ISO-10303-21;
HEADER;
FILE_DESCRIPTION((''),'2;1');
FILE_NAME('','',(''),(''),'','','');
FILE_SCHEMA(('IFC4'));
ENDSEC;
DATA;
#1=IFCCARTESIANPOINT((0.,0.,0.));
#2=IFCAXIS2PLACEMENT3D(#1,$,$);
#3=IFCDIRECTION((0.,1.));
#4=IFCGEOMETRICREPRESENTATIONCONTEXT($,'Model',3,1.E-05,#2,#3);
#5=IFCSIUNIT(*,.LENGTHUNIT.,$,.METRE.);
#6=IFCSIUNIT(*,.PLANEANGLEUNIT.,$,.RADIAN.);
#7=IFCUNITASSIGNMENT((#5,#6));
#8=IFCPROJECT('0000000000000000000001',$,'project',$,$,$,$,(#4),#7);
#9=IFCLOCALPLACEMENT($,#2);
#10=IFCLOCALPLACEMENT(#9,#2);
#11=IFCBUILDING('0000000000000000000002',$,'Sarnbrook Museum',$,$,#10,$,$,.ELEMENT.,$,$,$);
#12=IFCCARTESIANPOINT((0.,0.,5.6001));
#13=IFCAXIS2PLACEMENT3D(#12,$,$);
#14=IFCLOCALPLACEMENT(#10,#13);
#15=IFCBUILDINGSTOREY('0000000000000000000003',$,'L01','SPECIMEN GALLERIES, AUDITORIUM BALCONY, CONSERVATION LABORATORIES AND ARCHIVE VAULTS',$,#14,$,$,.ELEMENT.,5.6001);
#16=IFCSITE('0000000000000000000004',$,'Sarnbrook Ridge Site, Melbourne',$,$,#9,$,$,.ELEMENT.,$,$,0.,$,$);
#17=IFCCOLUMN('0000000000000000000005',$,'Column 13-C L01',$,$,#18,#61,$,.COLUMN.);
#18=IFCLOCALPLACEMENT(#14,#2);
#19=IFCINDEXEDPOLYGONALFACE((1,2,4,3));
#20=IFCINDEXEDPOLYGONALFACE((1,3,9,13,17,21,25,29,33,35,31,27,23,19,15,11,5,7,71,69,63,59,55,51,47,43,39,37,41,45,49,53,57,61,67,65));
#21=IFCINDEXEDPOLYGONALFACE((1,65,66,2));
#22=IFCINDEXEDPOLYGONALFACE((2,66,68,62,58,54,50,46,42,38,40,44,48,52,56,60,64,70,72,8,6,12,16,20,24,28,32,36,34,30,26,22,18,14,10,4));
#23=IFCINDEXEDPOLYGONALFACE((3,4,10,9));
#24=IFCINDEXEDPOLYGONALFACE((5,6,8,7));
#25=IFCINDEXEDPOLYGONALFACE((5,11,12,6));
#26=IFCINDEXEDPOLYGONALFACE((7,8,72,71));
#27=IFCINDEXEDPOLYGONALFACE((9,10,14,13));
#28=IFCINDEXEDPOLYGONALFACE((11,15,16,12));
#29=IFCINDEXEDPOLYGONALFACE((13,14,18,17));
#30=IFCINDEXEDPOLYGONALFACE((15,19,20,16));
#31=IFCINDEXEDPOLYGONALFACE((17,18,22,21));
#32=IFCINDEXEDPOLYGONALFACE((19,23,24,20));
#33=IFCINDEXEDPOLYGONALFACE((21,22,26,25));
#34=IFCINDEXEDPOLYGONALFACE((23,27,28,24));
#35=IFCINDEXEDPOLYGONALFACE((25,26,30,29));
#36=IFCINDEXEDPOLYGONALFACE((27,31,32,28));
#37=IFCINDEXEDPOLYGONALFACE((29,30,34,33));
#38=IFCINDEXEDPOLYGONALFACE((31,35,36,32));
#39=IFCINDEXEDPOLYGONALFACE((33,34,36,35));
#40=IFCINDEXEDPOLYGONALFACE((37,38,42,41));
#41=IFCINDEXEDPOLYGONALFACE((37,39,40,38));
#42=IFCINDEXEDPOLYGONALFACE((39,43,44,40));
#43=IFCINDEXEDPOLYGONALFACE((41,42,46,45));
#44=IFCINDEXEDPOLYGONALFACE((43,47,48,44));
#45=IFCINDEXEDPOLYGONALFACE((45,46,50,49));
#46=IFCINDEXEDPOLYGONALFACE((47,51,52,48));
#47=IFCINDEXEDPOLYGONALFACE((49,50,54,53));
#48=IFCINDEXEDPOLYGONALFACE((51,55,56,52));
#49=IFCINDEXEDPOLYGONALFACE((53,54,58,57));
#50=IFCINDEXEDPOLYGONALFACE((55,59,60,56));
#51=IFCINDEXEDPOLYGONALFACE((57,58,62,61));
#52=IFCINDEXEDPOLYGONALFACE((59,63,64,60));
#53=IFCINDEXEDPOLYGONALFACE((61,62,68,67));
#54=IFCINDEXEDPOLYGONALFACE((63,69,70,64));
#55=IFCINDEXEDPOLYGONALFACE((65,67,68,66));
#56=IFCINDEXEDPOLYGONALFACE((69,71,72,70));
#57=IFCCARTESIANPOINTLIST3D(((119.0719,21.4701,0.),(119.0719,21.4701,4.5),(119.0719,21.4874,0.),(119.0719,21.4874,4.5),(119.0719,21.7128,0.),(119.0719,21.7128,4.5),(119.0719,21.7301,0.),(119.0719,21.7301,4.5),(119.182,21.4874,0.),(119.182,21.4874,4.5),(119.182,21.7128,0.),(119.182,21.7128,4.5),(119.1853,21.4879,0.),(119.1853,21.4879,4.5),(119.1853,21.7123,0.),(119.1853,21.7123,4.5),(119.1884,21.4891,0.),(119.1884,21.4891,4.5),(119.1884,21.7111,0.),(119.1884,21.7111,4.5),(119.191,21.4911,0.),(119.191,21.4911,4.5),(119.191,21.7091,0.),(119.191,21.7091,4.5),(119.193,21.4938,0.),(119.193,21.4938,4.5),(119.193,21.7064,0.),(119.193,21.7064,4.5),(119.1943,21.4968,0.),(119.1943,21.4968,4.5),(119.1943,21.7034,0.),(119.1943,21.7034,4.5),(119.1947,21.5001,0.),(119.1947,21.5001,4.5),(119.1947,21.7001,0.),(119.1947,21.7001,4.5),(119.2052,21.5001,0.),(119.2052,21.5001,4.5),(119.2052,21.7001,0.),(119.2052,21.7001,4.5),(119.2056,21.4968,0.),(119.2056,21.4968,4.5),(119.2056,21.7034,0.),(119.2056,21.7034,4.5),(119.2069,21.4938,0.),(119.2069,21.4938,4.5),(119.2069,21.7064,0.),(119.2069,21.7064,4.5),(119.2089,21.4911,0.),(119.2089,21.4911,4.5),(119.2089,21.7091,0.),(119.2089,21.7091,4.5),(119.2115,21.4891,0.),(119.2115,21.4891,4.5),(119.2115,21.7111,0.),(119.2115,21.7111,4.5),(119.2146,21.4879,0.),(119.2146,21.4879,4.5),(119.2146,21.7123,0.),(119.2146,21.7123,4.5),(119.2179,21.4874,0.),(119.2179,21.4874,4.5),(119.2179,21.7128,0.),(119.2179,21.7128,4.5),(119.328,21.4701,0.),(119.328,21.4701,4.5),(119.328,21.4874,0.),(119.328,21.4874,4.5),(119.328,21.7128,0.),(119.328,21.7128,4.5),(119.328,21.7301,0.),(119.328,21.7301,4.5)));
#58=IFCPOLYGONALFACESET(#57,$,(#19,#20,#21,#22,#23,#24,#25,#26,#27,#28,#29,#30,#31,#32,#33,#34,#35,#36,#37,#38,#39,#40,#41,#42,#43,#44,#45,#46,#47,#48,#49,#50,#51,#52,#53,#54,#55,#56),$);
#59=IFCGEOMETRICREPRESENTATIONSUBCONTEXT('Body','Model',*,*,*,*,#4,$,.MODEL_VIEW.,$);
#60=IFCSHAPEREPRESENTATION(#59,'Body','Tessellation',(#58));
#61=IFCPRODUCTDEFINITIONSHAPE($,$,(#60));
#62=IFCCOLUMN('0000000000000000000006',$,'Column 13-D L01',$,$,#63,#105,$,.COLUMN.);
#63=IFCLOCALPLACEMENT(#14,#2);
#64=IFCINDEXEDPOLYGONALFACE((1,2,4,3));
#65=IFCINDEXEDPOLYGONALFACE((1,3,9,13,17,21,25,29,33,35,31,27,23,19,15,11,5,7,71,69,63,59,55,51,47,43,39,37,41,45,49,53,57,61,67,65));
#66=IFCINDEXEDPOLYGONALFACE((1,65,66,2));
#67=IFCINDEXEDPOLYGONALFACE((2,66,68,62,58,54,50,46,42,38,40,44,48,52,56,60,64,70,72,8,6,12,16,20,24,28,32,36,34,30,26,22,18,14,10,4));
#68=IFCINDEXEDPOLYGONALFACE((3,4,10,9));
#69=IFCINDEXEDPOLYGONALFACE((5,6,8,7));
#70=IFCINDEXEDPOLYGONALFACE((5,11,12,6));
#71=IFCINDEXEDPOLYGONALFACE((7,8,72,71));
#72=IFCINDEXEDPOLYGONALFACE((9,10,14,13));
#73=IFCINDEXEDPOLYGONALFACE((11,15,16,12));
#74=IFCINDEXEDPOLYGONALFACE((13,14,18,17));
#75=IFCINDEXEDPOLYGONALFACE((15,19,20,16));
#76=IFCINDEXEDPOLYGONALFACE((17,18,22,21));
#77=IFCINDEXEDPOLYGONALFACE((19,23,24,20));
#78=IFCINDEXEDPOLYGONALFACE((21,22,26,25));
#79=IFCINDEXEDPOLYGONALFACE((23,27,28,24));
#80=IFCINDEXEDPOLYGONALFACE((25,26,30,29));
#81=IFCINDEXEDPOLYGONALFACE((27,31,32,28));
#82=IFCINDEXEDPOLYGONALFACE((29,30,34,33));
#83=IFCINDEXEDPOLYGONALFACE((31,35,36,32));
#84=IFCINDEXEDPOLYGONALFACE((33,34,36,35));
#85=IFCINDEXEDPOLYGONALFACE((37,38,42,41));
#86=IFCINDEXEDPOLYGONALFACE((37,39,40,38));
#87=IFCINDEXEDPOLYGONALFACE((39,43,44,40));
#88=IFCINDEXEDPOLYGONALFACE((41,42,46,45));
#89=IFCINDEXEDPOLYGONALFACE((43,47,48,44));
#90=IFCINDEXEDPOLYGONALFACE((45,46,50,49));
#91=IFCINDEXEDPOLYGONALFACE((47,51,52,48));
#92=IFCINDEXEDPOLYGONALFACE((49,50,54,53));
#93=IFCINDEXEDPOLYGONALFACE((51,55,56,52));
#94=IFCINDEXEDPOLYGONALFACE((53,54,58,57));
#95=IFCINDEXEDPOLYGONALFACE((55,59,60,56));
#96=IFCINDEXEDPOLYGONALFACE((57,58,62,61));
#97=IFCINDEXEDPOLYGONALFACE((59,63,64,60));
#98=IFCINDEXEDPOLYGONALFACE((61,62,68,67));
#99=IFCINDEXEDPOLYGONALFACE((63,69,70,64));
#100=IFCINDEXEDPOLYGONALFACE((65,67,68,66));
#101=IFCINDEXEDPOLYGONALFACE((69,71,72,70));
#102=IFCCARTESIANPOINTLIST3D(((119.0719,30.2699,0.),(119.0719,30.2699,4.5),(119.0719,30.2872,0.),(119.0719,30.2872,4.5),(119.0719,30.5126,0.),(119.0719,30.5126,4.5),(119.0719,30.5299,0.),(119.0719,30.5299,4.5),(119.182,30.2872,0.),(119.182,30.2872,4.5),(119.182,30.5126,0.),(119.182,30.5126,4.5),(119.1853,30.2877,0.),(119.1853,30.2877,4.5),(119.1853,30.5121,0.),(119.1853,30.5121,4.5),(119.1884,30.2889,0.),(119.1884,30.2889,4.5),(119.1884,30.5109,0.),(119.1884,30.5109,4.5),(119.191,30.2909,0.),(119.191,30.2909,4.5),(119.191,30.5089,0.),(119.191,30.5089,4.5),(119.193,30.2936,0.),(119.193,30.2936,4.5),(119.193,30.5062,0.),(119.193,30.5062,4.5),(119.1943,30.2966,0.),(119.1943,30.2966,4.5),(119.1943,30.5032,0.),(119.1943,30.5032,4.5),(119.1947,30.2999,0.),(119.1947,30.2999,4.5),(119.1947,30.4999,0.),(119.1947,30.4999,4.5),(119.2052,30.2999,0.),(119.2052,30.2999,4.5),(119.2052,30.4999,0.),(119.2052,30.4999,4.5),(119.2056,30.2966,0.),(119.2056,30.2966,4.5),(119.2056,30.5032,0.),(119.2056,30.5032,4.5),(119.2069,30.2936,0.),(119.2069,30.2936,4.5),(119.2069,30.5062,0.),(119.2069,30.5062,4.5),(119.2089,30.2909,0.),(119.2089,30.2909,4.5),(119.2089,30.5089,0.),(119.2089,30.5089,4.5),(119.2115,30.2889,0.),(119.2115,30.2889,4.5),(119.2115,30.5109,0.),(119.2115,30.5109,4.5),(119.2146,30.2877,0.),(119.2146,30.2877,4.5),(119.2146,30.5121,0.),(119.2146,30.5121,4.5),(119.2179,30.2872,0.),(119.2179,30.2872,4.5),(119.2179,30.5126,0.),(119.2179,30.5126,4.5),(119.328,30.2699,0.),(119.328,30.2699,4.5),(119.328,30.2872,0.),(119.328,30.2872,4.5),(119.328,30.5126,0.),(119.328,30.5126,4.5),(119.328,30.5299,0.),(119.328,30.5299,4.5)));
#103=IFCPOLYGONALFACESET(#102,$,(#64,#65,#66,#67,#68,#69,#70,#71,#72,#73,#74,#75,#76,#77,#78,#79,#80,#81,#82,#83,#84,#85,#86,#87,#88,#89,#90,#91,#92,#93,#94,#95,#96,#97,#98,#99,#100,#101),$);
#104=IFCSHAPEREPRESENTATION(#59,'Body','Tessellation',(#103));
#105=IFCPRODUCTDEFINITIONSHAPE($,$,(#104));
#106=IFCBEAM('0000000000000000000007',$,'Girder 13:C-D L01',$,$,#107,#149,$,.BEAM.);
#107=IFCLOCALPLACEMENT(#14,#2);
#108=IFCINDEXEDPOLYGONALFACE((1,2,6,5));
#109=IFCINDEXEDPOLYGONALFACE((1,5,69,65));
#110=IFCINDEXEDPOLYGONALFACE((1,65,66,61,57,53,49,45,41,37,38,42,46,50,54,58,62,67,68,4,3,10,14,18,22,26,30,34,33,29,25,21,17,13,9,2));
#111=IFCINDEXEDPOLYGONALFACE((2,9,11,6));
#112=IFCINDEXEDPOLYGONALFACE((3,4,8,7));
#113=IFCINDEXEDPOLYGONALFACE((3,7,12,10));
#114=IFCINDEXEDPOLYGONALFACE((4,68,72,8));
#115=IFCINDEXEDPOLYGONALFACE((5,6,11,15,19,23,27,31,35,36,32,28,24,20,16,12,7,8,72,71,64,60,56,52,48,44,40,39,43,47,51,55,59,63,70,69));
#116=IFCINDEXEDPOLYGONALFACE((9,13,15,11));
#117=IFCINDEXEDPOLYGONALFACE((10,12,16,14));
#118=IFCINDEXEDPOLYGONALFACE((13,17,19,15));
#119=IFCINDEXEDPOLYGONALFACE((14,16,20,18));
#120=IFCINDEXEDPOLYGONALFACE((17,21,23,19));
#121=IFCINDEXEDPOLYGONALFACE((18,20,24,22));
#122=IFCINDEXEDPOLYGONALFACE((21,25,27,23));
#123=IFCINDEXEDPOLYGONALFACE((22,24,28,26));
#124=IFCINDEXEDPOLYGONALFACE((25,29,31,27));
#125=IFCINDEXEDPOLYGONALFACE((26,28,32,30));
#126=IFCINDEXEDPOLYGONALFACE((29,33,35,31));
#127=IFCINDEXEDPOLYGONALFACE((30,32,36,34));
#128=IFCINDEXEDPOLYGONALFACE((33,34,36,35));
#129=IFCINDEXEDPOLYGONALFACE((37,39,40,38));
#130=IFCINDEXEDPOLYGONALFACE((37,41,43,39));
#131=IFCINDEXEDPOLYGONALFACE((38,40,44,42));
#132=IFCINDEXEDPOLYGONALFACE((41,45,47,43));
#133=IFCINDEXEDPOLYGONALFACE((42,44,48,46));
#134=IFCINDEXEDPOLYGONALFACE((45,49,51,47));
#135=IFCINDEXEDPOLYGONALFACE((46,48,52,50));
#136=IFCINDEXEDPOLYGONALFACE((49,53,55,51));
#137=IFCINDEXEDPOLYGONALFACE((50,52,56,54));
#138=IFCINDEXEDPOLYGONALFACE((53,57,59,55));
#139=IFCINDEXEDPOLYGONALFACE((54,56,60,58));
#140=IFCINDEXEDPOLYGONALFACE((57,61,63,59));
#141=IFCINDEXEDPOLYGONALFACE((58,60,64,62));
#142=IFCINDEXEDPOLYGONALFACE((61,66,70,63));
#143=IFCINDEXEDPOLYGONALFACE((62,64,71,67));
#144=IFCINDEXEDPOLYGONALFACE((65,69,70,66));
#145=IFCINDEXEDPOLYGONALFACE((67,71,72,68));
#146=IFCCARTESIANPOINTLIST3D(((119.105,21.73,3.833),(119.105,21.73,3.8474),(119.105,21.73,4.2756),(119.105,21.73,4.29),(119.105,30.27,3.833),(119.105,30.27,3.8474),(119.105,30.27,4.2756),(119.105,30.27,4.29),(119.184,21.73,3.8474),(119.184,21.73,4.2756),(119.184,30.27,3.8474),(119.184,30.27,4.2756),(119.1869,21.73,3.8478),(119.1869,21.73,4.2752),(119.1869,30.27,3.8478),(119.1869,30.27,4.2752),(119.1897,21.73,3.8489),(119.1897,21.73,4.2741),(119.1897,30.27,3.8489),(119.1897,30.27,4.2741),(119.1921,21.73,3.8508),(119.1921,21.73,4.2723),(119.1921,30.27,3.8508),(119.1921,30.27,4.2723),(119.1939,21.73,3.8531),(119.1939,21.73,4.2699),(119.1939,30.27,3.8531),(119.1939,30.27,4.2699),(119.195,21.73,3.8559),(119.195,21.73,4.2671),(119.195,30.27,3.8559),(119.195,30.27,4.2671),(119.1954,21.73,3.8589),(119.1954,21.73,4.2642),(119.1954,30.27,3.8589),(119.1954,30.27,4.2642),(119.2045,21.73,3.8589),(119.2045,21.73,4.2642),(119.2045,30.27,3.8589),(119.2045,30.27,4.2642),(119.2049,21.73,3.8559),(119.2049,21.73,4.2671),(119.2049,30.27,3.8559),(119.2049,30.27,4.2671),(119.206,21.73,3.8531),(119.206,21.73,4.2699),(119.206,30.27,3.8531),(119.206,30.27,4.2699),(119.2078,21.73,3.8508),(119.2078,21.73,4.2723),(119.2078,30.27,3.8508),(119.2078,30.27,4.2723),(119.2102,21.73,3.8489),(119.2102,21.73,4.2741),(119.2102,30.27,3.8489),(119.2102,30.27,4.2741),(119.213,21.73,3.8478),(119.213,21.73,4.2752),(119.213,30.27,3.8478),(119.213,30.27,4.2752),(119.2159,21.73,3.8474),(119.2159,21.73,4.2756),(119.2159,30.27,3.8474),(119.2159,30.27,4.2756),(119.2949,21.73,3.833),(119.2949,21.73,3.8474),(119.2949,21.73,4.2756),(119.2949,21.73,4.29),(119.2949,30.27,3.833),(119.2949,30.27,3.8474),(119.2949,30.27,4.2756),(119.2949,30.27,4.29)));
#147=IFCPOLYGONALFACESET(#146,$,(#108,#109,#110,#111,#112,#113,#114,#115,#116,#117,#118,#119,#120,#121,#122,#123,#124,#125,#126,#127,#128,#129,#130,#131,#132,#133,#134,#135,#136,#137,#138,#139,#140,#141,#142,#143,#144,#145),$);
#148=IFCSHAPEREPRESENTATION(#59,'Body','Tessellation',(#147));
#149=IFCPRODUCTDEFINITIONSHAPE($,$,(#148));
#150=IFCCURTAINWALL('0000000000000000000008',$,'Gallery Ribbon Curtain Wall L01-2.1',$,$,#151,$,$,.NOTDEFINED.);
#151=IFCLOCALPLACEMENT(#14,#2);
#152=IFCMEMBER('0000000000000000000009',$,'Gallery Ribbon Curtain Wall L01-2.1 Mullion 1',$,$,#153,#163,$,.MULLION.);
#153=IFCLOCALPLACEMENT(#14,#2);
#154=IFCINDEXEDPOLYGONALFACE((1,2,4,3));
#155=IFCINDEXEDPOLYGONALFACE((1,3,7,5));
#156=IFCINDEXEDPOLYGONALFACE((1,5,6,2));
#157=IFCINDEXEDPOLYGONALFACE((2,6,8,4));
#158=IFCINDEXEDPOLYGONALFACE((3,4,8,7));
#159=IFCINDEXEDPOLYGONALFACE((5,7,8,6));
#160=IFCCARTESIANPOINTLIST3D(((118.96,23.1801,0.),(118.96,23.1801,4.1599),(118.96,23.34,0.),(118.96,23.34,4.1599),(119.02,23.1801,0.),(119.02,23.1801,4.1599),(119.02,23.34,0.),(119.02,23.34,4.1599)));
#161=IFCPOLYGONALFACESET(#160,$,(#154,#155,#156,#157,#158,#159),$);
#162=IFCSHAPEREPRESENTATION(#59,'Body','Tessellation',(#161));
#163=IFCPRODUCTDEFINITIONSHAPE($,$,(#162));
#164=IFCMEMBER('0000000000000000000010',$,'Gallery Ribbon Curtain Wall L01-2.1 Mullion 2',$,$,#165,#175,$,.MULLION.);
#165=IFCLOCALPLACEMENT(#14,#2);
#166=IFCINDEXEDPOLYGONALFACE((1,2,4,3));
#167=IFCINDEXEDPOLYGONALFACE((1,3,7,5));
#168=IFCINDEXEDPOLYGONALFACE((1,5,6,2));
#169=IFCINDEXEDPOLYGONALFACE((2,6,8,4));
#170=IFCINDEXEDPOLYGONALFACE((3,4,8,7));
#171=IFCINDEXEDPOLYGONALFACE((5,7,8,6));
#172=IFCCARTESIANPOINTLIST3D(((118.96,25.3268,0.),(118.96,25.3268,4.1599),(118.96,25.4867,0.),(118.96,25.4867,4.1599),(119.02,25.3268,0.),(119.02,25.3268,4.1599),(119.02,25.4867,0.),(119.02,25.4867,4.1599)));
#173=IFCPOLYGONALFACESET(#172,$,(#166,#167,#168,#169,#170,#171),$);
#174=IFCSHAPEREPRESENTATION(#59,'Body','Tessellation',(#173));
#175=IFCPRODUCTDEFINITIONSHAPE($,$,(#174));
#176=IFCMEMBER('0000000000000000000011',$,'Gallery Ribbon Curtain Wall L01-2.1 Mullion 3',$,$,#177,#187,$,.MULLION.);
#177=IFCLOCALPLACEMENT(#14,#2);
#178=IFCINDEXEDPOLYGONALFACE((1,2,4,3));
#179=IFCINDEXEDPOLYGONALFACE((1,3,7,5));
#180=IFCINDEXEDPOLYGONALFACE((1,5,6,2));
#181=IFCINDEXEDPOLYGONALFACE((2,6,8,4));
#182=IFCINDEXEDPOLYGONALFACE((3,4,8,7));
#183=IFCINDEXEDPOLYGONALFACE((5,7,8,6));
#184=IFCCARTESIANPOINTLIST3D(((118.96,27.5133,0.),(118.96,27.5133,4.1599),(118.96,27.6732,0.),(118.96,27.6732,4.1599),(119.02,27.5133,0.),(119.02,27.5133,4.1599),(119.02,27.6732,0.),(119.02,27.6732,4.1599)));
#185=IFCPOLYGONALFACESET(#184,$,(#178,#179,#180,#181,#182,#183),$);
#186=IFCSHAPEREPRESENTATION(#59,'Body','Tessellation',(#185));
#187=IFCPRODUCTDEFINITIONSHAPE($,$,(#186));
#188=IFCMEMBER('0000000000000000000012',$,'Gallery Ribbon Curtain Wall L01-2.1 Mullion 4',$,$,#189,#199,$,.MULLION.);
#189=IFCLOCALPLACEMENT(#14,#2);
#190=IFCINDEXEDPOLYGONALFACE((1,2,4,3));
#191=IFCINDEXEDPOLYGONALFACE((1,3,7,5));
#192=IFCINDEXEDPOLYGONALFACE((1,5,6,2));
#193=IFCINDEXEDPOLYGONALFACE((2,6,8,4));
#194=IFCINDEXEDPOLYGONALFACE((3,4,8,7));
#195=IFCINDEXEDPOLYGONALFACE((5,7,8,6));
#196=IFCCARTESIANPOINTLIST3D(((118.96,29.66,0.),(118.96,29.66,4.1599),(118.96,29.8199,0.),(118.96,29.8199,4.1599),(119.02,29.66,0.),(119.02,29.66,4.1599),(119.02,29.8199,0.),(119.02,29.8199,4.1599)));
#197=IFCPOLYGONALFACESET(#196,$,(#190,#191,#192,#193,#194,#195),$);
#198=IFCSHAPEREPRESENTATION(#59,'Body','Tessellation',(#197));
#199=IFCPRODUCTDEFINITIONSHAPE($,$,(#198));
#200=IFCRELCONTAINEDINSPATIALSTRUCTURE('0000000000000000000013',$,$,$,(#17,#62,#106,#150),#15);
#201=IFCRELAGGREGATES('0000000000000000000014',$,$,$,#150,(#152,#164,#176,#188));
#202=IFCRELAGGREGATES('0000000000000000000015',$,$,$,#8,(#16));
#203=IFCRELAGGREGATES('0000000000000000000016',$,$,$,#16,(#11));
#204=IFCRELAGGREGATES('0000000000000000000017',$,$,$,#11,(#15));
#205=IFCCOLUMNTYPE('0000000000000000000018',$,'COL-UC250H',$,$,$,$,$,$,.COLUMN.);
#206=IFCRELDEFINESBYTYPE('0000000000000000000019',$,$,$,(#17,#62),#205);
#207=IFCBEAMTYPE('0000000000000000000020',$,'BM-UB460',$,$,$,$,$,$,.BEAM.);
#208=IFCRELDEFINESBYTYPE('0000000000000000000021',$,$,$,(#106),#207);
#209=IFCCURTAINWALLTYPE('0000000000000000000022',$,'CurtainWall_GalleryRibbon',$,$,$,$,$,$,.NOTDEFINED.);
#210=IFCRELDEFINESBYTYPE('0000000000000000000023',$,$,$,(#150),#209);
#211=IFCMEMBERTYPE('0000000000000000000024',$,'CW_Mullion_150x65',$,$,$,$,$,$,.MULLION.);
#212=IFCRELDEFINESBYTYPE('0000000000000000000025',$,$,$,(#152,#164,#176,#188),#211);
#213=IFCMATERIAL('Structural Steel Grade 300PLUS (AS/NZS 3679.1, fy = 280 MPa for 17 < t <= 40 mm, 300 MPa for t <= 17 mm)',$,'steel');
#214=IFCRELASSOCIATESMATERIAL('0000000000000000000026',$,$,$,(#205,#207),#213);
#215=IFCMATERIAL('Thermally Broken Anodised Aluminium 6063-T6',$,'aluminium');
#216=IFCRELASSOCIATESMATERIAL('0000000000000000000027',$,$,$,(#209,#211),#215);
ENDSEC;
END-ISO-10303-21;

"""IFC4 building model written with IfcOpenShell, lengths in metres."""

from ifc_helpers import new_model, si_unit, direction, frame, origin, origin_2d, place, context, subcontext, project, spatial, rectangle, i_section, extrude, material, material_profile, profile_set, type_object, element, aggregate, save


model = new_model("IFC4")

# Units and contexts
model_context = context("Model", 3, precision=1e-05, world=origin(), true_north=direction((0.0, 1.0)))
body_context = subcontext(model_context, "Body", "Model", "MODEL_VIEW")
ifc_project = project(units=[si_unit("LENGTHUNIT", "METRE"), si_unit("PLANEANGLEUNIT", "RADIAN")], contexts=[model_context])

# Site, building, storey
site_placement = place(None, origin())
site = spatial("IfcSite", under=ifc_project, at=site_placement, Name="Sarnbrook Ridge Site, Melbourne", CompositionType="ELEMENT", RefElevation=0.0)
building_placement = place(site_placement, origin())
building = spatial("IfcBuilding", under=site, at=building_placement, Name="Sarnbrook Museum", CompositionType="ELEMENT")
storey_placement = place(building_placement, frame((0.0, 0.0, 5.6001)))
storey = spatial("IfcBuildingStorey", under=building, at=storey_placement, Name="L01", Description="SPECIMEN GALLERIES, AUDITORIUM BALCONY, CONSERVATION LABORATORIES AND ARCHIVE VAULTS", CompositionType="ELEMENT", Elevation=5.6001)

# Columns
ifc_material_1 = material(Name="Structural Steel Grade 300PLUS (AS/NZS 3679.1, fy = 280 MPa for 17 < t <= 40 mm, 300 MPa for t <= 17 mm)", Category="steel")
ifc_material_profile_1 = material_profile(ifc_material_1, i_section(OverallWidth=0.2561, OverallDepth=0.26, WebThickness=0.0105, FlangeThickness=0.0173, FilletRadius=0.0127, at=origin_2d()), Name="250UC89.5")
ifc_profile_set_1 = profile_set([ifc_material_profile_1], Name="Structural Steel Grade 300PLUS (AS/NZS 3679.1, fy = 280 MPa for 17 < t <= 40 mm, 300 MPa for t <= 17 mm)")
column_type = type_object("IfcColumnType", Name="COL-UC250H", PredefinedType="COLUMN", material=ifc_profile_set_1)
for number, where, z_axis, x_axis, name in (
    (1, (119.2, 21.6001, 0.0), (0.0, 0.0, 1.0), (1.0, 0.0, 0.0), "Column 13-C L01"),
    (2, (119.2, 30.3999, 0.0), (0.0, 0.0, 1.0), (1.0, 0.0, 0.0), "Column 13-D L01"),
):
    element("IfcColumn", number, at=place(storey_placement, frame(where, z_axis=z_axis, x_axis=x_axis)), inside=storey, type_object=column_type, Name=name, PredefinedType="COLUMN", context=body_context, shape_type="SweptSolid", body=[
        extrude(i_section(OverallWidth=0.2561, OverallDepth=0.26, WebThickness=0.0105, FlangeThickness=0.0173, FilletRadius=0.0127, at=origin_2d()), origin(), (0.0, 0.0, 1.0), 4.5),
    ])

# Beam
ifc_material_profile_2 = material_profile(ifc_material_1, i_section(OverallWidth=0.1899, OverallDepth=0.457, WebThickness=0.009, FlangeThickness=0.0144, FilletRadius=0.0115, at=origin_2d()), Name="460UB74.6")
ifc_profile_set_2 = profile_set([ifc_material_profile_2], Name="Structural Steel Grade 300PLUS (AS/NZS 3679.1, fy = 280 MPa for 17 < t <= 40 mm, 300 MPa for t <= 17 mm)")
beam_type_1 = type_object("IfcBeamType", Name="BM-UB460", PredefinedType="BEAM", material=ifc_profile_set_2)
beam_placement = place(storey_placement, frame((119.2, 21.73, 4.0615), z_axis=(0.0, 1.0, 0.0), x_axis=(-1.0, 0.0, 0.0)))
element("IfcBeam", 3, at=beam_placement, inside=storey, type_object=beam_type_1, Name="Girder 13:C-D L01", PredefinedType="BEAM", context=body_context, shape_type="SweptSolid", body=[
    extrude(i_section(OverallWidth=0.1899, OverallDepth=0.457, WebThickness=0.009, FlangeThickness=0.0144, FilletRadius=0.0115, at=origin_2d()), origin(), (0.0, 0.0, 1.0), 8.54),
])

# Curtain wall, members
ifc_material_2 = material(Name="Thermally Broken Anodised Aluminium 6063-T6", Category="aluminium")
curtain_wall_type = type_object("IfcCurtainWallType", Name="CurtainWall_GalleryRibbon", PredefinedType="NOTDEFINED", material=ifc_material_2)
curtain_wall_placement = place(storey_placement, origin())
curtain_wall = element("IfcCurtainWall", 4, at=curtain_wall_placement, inside=storey, type_object=curtain_wall_type, Name="Gallery Ribbon Curtain Wall L01-2.1", PredefinedType="NOTDEFINED")
ifc_material_profile_3 = material_profile(ifc_material_2, rectangle(XDim=0.0601, YDim=0.1599, at=origin_2d()), Name="ALU MULLION 60x160")
ifc_profile_set_3 = profile_set([ifc_material_profile_3], Name="Thermally Broken Anodised Aluminium 6063-T6")
member_type_1 = type_object("IfcMemberType", Name="CW_Mullion_150x65", PredefinedType="MULLION", material=ifc_profile_set_3)
member_1_placement = place(storey_placement, frame((118.99, 23.26, 0.0), z_axis=(0.0, 0.0, 1.0), x_axis=(1.0, 0.0, 0.0)))
member_1 = element("IfcMember", 5, at=member_1_placement, type_object=member_type_1, Name="Gallery Ribbon Curtain Wall L01-2.1 Mullion 1", PredefinedType="MULLION", context=body_context, shape_type="SweptSolid", body=[
    extrude(rectangle(XDim=0.0601, YDim=0.1599, at=origin_2d()), origin(), (0.0, 0.0, 1.0), 4.1599),
])
member_2_placement = place(storey_placement, frame((118.99, 25.4067, 0.0), z_axis=(0.0, 0.0, 1.0), x_axis=(1.0, 0.0, 0.0)))
member_2 = element("IfcMember", 6, at=member_2_placement, type_object=member_type_1, Name="Gallery Ribbon Curtain Wall L01-2.1 Mullion 2", PredefinedType="MULLION", context=body_context, shape_type="SweptSolid", body=[
    extrude(rectangle(XDim=0.0601, YDim=0.1599, at=origin_2d()), origin(), (0.0, 0.0, 1.0), 4.1599),
])
member_3_placement = place(storey_placement, frame((118.99, 27.5933, 0.0), z_axis=(0.0, 0.0, 1.0), x_axis=(1.0, 0.0, 0.0)))
member_3 = element("IfcMember", 7, at=member_3_placement, type_object=member_type_1, Name="Gallery Ribbon Curtain Wall L01-2.1 Mullion 3", PredefinedType="MULLION", context=body_context, shape_type="SweptSolid", body=[
    extrude(rectangle(XDim=0.0601, YDim=0.1599, at=origin_2d()), origin(), (0.0, 0.0, 1.0), 4.1599),
])
member_4_placement = place(storey_placement, frame((118.99, 29.74, 0.0), z_axis=(0.0, 0.0, 1.0), x_axis=(1.0, 0.0, 0.0)))
member_4 = element("IfcMember", 8, at=member_4_placement, type_object=member_type_1, Name="Gallery Ribbon Curtain Wall L01-2.1 Mullion 4", PredefinedType="MULLION", context=body_context, shape_type="SweptSolid", body=[
    extrude(rectangle(XDim=0.0601, YDim=0.1599, at=origin_2d()), origin(), (0.0, 0.0, 1.0), 4.1599),
])

aggregate(curtain_wall, [member_1, member_2, member_3, member_4])

save(model, "model.ifc")
